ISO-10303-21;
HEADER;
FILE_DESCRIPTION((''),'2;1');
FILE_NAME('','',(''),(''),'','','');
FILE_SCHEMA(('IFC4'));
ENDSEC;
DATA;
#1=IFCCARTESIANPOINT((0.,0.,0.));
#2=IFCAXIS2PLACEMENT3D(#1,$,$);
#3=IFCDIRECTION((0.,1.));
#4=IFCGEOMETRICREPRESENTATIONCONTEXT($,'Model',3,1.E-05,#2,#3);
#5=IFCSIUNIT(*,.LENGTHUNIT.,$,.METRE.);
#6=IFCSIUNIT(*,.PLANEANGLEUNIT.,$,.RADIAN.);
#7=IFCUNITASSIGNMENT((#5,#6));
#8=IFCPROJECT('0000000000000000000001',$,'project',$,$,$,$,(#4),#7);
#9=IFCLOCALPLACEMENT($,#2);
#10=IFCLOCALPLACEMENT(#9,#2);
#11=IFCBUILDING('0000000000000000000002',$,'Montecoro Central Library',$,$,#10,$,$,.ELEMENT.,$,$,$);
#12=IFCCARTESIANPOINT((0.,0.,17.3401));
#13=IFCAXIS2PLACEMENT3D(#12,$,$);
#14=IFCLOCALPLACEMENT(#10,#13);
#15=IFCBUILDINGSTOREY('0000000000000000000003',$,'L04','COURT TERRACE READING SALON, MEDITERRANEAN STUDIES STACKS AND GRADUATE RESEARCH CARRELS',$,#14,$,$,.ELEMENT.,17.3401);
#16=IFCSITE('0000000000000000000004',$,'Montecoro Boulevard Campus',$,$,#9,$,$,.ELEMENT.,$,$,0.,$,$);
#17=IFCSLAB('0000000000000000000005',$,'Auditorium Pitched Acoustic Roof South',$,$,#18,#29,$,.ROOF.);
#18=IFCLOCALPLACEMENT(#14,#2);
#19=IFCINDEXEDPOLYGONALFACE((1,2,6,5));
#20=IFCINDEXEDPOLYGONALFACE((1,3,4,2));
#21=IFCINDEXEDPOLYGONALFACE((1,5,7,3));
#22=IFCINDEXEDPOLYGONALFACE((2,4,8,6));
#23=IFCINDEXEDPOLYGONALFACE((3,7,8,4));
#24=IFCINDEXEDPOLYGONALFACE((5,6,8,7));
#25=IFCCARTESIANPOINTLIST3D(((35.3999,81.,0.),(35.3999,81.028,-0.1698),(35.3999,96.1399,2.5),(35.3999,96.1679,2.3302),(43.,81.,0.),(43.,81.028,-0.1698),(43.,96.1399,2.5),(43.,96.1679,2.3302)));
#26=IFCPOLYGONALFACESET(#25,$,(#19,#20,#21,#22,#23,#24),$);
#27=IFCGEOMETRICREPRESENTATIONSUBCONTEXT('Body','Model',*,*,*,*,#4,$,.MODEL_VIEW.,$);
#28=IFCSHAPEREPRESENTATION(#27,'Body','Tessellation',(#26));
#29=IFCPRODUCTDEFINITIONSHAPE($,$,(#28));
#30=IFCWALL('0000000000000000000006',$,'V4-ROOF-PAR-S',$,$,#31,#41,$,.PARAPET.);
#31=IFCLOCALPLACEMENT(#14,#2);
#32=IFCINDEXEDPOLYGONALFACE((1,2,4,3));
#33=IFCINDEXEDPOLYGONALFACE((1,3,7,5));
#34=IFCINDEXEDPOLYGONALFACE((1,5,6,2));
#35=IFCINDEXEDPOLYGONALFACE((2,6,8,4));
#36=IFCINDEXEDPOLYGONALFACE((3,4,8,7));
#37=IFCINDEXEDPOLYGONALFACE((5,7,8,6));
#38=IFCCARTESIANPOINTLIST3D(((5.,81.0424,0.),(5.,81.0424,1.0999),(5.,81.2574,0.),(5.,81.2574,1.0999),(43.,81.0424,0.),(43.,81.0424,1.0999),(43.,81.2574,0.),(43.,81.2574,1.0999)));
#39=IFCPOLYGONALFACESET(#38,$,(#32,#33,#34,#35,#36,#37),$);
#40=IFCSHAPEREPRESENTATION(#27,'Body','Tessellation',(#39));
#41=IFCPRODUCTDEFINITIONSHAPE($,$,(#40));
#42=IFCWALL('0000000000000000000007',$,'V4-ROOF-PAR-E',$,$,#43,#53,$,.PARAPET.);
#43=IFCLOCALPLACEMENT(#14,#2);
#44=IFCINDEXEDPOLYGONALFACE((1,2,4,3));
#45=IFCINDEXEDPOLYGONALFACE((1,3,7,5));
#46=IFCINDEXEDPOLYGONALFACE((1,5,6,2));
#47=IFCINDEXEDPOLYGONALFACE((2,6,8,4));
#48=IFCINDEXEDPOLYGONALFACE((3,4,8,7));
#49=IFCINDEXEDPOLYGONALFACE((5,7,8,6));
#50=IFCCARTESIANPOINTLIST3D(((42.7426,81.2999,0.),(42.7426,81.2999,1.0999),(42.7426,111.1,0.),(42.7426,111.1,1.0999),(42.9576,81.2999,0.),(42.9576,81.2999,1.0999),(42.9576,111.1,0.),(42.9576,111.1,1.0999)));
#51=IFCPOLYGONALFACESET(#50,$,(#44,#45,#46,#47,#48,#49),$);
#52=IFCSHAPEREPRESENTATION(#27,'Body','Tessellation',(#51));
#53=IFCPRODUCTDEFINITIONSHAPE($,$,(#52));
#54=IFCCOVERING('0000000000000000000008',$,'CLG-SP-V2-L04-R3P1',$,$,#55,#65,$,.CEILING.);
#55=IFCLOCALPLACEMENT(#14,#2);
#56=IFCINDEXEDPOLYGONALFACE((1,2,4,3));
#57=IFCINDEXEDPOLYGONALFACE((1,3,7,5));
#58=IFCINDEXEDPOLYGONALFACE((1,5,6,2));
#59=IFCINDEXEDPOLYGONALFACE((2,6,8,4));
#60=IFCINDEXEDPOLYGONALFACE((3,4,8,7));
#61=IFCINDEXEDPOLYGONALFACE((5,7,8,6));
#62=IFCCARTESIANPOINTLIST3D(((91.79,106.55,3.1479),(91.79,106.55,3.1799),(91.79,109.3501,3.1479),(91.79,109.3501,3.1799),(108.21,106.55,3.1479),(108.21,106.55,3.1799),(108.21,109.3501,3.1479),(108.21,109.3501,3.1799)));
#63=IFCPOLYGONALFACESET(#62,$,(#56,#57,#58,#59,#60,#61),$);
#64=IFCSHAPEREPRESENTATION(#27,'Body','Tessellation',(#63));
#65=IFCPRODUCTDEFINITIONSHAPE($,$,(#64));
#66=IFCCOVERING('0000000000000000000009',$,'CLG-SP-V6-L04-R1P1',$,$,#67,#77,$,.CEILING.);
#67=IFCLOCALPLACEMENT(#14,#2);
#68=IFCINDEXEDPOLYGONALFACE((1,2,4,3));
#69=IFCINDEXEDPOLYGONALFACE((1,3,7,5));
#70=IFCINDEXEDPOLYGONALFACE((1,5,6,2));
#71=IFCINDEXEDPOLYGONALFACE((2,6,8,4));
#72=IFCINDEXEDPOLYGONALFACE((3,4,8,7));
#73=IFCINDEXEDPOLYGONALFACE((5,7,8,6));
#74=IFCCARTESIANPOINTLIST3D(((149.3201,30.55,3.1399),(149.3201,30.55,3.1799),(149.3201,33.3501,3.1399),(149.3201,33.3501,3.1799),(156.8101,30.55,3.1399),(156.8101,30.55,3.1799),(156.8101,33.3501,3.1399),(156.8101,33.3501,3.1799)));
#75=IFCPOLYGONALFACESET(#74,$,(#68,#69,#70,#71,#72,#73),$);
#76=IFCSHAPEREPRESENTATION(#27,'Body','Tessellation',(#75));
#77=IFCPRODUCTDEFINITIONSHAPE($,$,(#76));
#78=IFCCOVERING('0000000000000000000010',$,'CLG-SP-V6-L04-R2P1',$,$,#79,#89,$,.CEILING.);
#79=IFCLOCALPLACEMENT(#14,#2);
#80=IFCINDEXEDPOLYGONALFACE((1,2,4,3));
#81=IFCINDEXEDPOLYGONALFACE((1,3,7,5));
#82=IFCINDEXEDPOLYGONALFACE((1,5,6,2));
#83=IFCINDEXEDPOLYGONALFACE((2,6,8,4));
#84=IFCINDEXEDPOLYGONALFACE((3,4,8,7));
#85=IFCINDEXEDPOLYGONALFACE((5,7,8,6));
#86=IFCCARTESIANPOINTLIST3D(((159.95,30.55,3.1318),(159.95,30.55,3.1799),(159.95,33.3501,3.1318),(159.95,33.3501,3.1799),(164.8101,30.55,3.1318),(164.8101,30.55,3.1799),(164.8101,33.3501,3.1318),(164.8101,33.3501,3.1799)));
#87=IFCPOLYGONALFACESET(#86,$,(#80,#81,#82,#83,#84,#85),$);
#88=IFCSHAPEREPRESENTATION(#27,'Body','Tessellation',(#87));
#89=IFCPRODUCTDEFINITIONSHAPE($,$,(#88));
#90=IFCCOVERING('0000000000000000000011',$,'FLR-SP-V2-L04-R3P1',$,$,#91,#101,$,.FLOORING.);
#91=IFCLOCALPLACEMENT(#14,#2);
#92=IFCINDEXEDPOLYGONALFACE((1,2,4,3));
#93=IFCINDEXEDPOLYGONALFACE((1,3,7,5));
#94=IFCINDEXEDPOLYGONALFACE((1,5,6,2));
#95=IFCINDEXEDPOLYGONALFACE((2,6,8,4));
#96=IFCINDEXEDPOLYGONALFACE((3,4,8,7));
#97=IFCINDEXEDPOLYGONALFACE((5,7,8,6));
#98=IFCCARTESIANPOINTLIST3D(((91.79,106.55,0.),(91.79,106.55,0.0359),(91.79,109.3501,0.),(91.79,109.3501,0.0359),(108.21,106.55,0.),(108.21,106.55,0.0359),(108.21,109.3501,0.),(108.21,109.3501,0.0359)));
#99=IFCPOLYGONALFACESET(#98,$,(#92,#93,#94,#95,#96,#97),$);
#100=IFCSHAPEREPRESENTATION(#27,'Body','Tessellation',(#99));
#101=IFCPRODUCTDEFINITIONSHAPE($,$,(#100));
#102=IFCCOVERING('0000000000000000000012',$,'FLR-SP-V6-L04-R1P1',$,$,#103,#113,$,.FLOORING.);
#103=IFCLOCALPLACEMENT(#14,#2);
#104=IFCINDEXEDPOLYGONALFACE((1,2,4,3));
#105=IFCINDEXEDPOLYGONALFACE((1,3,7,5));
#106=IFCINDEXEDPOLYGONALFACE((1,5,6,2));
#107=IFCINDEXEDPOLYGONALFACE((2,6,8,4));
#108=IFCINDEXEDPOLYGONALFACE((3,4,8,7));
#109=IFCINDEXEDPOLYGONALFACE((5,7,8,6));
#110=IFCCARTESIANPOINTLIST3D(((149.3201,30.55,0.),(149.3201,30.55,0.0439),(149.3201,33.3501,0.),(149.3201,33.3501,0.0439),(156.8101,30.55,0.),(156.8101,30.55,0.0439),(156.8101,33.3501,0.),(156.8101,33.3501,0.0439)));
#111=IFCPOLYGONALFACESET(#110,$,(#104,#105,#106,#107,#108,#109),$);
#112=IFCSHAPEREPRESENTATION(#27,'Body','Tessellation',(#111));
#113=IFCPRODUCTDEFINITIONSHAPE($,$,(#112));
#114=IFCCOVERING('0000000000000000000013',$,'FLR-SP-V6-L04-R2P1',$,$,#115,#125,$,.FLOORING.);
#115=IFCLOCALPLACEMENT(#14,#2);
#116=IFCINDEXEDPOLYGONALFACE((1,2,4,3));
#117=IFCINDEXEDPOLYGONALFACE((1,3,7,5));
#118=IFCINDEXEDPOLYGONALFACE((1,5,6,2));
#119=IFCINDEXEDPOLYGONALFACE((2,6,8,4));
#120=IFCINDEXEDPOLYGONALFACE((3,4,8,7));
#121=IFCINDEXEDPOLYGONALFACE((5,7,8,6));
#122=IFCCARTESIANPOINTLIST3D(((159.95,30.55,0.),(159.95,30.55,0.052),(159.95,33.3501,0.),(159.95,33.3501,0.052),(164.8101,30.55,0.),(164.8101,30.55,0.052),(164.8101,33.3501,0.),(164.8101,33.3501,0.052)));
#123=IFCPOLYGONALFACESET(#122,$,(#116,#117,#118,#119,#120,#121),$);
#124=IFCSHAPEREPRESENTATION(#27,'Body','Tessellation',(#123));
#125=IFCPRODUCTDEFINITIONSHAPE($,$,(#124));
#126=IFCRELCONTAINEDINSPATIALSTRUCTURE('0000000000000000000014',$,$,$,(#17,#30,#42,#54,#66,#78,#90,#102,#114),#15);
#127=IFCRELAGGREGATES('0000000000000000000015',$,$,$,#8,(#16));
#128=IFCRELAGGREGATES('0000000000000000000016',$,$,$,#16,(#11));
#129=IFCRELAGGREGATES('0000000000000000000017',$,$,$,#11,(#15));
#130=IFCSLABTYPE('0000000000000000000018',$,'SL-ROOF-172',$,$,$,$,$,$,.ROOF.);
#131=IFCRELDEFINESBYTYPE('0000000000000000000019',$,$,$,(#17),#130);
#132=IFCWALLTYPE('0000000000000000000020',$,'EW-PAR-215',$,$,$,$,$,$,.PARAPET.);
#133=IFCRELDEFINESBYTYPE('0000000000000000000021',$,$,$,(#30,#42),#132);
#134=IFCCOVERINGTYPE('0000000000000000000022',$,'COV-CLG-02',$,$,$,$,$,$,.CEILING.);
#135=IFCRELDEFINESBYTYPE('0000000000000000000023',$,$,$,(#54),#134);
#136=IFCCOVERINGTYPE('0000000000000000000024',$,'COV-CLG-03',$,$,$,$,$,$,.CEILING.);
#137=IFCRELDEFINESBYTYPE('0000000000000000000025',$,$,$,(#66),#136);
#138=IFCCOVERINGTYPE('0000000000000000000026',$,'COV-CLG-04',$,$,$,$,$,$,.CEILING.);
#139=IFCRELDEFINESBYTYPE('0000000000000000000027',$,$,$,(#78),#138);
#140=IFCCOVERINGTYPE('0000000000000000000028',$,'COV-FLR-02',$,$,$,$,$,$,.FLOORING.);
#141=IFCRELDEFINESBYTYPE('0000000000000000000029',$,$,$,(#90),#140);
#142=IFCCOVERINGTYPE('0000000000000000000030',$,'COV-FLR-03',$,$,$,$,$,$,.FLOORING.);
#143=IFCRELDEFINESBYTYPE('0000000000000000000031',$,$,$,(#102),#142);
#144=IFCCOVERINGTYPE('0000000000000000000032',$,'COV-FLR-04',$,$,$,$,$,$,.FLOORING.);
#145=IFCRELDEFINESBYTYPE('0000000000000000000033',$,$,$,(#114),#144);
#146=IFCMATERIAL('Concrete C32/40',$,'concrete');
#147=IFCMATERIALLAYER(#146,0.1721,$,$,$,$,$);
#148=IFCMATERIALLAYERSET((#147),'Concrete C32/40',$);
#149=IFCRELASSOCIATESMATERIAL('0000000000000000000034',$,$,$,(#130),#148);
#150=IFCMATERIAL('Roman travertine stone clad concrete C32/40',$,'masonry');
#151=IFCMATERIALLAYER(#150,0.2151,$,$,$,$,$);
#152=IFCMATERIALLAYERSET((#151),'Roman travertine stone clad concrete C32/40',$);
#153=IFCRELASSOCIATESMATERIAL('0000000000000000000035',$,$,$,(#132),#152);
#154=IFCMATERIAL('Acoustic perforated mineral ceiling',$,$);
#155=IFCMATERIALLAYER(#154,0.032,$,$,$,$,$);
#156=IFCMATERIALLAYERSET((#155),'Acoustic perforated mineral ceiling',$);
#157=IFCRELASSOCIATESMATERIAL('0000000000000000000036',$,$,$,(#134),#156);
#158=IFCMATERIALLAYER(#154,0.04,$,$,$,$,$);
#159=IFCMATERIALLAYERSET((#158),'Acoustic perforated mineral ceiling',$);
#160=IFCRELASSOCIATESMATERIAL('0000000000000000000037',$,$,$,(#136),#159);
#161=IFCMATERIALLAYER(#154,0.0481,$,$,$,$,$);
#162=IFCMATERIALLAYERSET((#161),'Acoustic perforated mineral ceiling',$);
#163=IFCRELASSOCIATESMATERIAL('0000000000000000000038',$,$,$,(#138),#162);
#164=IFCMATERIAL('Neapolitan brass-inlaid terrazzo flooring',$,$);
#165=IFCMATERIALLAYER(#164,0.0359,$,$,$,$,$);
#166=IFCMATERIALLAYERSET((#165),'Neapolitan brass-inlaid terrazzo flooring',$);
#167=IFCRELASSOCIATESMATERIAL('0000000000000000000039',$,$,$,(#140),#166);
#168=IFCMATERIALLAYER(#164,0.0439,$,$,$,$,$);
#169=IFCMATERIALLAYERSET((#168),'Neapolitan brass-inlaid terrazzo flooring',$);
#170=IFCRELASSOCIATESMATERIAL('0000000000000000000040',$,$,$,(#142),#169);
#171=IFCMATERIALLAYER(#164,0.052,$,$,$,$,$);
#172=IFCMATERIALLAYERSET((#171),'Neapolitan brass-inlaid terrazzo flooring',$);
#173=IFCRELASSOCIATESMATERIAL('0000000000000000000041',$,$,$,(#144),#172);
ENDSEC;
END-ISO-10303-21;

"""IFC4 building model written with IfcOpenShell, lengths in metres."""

from ifc_helpers import new_model, si_unit, direction, frame, frame_2d, origin, place, context, subcontext, project, spatial, polyline, rectangle, outline, extrude, material, layer, layer_set, type_object, element, save


model = new_model("IFC4")

# Units and contexts
model_context = context("Model", 3, precision=1e-05, world=origin(), true_north=direction((0.0, 1.0)))
body_context = subcontext(model_context, "Body", "Model", "MODEL_VIEW")
ifc_project = project(units=[si_unit("LENGTHUNIT", "METRE"), si_unit("PLANEANGLEUNIT", "RADIAN")], contexts=[model_context])

# Site, building, storey
site_placement = place(None, origin())
site = spatial("IfcSite", under=ifc_project, at=site_placement, Name="Montecoro Boulevard Campus", CompositionType="ELEMENT", RefElevation=0.0)
building_placement = place(site_placement, origin())
building = spatial("IfcBuilding", under=site, at=building_placement, Name="Montecoro Central Library", CompositionType="ELEMENT")
storey_placement = place(building_placement, frame((0.0, 0.0, 17.3401)))
storey = spatial("IfcBuildingStorey", under=building, at=storey_placement, Name="L04", Description="COURT TERRACE READING SALON, MEDITERRANEAN STUDIES STACKS AND GRADUATE RESEARCH CARRELS", CompositionType="ELEMENT", Elevation=17.3401)

# Slab
ifc_material_1 = material(Name="Concrete C32/40", Category="concrete")
ifc_layer_1 = layer(ifc_material_1, 0.1721)
ifc_layer_set_1 = layer_set([ifc_layer_1], Name="Concrete C32/40")
slab_type = type_object("IfcSlabType", Name="SL-ROOF-172", PredefinedType="ROOF", material=ifc_layer_set_1)
slab_1_placement = place(storey_placement, frame((35.3999, 81.0, 0.0), z_axis=(0.0, -0.16292, 0.986639), x_axis=(1.0, 0.0, 0.0)))
element("IfcSlab", 1, at=slab_1_placement, inside=storey, type_object=slab_type, Name="Auditorium Pitched Acoustic Roof South", PredefinedType="ROOF", context=body_context, shape_type="SweptSolid", body=[
    extrude(outline(polyline([(0.0, 0.0), (7.6001, 0.0), (7.6001, 15.3449), (0.0, 15.3449), (0.0, 0.0)])), origin(), (0.0, 0.0, -1.0), 0.1721),
])

# Walls
ifc_material_2 = material(Name="Roman travertine stone clad concrete C32/40", Category="masonry")
ifc_layer_2 = layer(ifc_material_2, 0.2151)
ifc_layer_set_2 = layer_set([ifc_layer_2], Name="Roman travertine stone clad concrete C32/40")
wall_type = type_object("IfcWallType", Name="EW-PAR-215", PredefinedType="PARAPET", material=ifc_layer_set_2)
wall_1_placement = place(storey_placement, frame((5.0, 81.1499, 0.0), z_axis=(0.0, 0.0, 1.0), x_axis=(1.0, 0.0, 0.0)))
element("IfcWall", 2, at=wall_1_placement, inside=storey, type_object=wall_type, Name="V4-ROOF-PAR-S", PredefinedType="PARAPET", context=body_context, shape_type="SweptSolid", body=[
    extrude(rectangle(XDim=38.0, YDim=0.2151, at=frame_2d((19.0, 0.0))), origin(), (0.0, 0.0, 1.0), 1.0999),
])
wall_2_placement = place(storey_placement, frame((42.8501, 81.3, 0.0), z_axis=(0.0, 0.0, 1.0), x_axis=(0.0, 1.0, 0.0)))
element("IfcWall", 3, at=wall_2_placement, inside=storey, type_object=wall_type, Name="V4-ROOF-PAR-E", PredefinedType="PARAPET", context=body_context, shape_type="SweptSolid", body=[
    extrude(rectangle(XDim=29.8, YDim=0.2151, at=frame_2d((14.8999, 0.0))), origin(), (0.0, 0.0, 1.0), 1.0999),
])

# Coverings
ifc_material_3 = material(Name="Acoustic perforated mineral ceiling")
ifc_layer_3 = layer(ifc_material_3, 0.032)
ifc_layer_set_3 = layer_set([ifc_layer_3], Name="Acoustic perforated mineral ceiling")
covering_type_1 = type_object("IfcCoveringType", Name="COV-CLG-02", PredefinedType="CEILING", material=ifc_layer_set_3)
covering_1_placement = place(storey_placement, frame((0.0, 0.0, 3.1479)))
element("IfcCovering", 4, at=covering_1_placement, inside=storey, type_object=covering_type_1, Name="CLG-SP-V2-L04-R3P1", PredefinedType="CEILING", context=body_context, shape_type="SweptSolid", body=[
    extrude(outline(polyline([(91.79, 106.55), (108.21, 106.55), (108.21, 109.3501), (91.79, 109.3501), (91.79, 106.55)])), origin(), (0.0, 0.0, 1.0), 0.032),
])
ifc_layer_4 = layer(ifc_material_3, 0.04)
ifc_layer_set_4 = layer_set([ifc_layer_4], Name="Acoustic perforated mineral ceiling")
covering_type_2 = type_object("IfcCoveringType", Name="COV-CLG-03", PredefinedType="CEILING", material=ifc_layer_set_4)
covering_2_placement = place(storey_placement, frame((0.0, 0.0, 3.1399)))
element("IfcCovering", 5, at=covering_2_placement, inside=storey, type_object=covering_type_2, Name="CLG-SP-V6-L04-R1P1", PredefinedType="CEILING", context=body_context, shape_type="SweptSolid", body=[
    extrude(outline(polyline([(149.3201, 30.55), (156.8101, 30.55), (156.8101, 33.3501), (149.3201, 33.3501), (149.3201, 30.55)])), origin(), (0.0, 0.0, 1.0), 0.04),
])
ifc_layer_5 = layer(ifc_material_3, 0.0481)
ifc_layer_set_5 = layer_set([ifc_layer_5], Name="Acoustic perforated mineral ceiling")
covering_type_3 = type_object("IfcCoveringType", Name="COV-CLG-04", PredefinedType="CEILING", material=ifc_layer_set_5)
covering_3_placement = place(storey_placement, frame((0.0, 0.0, 3.1318)))
element("IfcCovering", 6, at=covering_3_placement, inside=storey, type_object=covering_type_3, Name="CLG-SP-V6-L04-R2P1", PredefinedType="CEILING", context=body_context, shape_type="SweptSolid", body=[
    extrude(outline(polyline([(159.95, 30.55), (164.8101, 30.55), (164.8101, 33.3501), (159.95, 33.3501), (159.95, 30.55)])), origin(), (0.0, 0.0, 1.0), 0.0481),
])
ifc_material_4 = material(Name="Neapolitan brass-inlaid terrazzo flooring")
ifc_layer_6 = layer(ifc_material_4, 0.0359)
ifc_layer_set_6 = layer_set([ifc_layer_6], Name="Neapolitan brass-inlaid terrazzo flooring")
covering_type_4 = type_object("IfcCoveringType", Name="COV-FLR-02", PredefinedType="FLOORING", material=ifc_layer_set_6)
covering_4_placement = place(storey_placement, origin())
element("IfcCovering", 7, at=covering_4_placement, inside=storey, type_object=covering_type_4, Name="FLR-SP-V2-L04-R3P1", PredefinedType="FLOORING", context=body_context, shape_type="SweptSolid", body=[
    extrude(outline(polyline([(91.79, 106.55), (108.21, 106.55), (108.21, 109.3501), (91.79, 109.3501), (91.79, 106.55)])), origin(), (0.0, 0.0, 1.0), 0.0359),
])
ifc_layer_7 = layer(ifc_material_4, 0.0439)
ifc_layer_set_7 = layer_set([ifc_layer_7], Name="Neapolitan brass-inlaid terrazzo flooring")
covering_type_5 = type_object("IfcCoveringType", Name="COV-FLR-03", PredefinedType="FLOORING", material=ifc_layer_set_7)
covering_5_placement = place(storey_placement, origin())
element("IfcCovering", 8, at=covering_5_placement, inside=storey, type_object=covering_type_5, Name="FLR-SP-V6-L04-R1P1", PredefinedType="FLOORING", context=body_context, shape_type="SweptSolid", body=[
    extrude(outline(polyline([(149.3201, 30.55), (156.8101, 30.55), (156.8101, 33.3501), (149.3201, 33.3501), (149.3201, 30.55)])), origin(), (0.0, 0.0, 1.0), 0.0439),
])
ifc_layer_8 = layer(ifc_material_4, 0.052)
ifc_layer_set_8 = layer_set([ifc_layer_8], Name="Neapolitan brass-inlaid terrazzo flooring")
covering_type_6 = type_object("IfcCoveringType", Name="COV-FLR-04", PredefinedType="FLOORING", material=ifc_layer_set_8)
covering_6_placement = place(storey_placement, origin())
element("IfcCovering", 9, at=covering_6_placement, inside=storey, type_object=covering_type_6, Name="FLR-SP-V6-L04-R2P1", PredefinedType="FLOORING", context=body_context, shape_type="SweptSolid", body=[
    extrude(outline(polyline([(159.95, 30.55), (164.8101, 30.55), (164.8101, 33.3501), (159.95, 33.3501), (159.95, 30.55)])), origin(), (0.0, 0.0, 1.0), 0.052),
])

save(model, "model.ifc")
